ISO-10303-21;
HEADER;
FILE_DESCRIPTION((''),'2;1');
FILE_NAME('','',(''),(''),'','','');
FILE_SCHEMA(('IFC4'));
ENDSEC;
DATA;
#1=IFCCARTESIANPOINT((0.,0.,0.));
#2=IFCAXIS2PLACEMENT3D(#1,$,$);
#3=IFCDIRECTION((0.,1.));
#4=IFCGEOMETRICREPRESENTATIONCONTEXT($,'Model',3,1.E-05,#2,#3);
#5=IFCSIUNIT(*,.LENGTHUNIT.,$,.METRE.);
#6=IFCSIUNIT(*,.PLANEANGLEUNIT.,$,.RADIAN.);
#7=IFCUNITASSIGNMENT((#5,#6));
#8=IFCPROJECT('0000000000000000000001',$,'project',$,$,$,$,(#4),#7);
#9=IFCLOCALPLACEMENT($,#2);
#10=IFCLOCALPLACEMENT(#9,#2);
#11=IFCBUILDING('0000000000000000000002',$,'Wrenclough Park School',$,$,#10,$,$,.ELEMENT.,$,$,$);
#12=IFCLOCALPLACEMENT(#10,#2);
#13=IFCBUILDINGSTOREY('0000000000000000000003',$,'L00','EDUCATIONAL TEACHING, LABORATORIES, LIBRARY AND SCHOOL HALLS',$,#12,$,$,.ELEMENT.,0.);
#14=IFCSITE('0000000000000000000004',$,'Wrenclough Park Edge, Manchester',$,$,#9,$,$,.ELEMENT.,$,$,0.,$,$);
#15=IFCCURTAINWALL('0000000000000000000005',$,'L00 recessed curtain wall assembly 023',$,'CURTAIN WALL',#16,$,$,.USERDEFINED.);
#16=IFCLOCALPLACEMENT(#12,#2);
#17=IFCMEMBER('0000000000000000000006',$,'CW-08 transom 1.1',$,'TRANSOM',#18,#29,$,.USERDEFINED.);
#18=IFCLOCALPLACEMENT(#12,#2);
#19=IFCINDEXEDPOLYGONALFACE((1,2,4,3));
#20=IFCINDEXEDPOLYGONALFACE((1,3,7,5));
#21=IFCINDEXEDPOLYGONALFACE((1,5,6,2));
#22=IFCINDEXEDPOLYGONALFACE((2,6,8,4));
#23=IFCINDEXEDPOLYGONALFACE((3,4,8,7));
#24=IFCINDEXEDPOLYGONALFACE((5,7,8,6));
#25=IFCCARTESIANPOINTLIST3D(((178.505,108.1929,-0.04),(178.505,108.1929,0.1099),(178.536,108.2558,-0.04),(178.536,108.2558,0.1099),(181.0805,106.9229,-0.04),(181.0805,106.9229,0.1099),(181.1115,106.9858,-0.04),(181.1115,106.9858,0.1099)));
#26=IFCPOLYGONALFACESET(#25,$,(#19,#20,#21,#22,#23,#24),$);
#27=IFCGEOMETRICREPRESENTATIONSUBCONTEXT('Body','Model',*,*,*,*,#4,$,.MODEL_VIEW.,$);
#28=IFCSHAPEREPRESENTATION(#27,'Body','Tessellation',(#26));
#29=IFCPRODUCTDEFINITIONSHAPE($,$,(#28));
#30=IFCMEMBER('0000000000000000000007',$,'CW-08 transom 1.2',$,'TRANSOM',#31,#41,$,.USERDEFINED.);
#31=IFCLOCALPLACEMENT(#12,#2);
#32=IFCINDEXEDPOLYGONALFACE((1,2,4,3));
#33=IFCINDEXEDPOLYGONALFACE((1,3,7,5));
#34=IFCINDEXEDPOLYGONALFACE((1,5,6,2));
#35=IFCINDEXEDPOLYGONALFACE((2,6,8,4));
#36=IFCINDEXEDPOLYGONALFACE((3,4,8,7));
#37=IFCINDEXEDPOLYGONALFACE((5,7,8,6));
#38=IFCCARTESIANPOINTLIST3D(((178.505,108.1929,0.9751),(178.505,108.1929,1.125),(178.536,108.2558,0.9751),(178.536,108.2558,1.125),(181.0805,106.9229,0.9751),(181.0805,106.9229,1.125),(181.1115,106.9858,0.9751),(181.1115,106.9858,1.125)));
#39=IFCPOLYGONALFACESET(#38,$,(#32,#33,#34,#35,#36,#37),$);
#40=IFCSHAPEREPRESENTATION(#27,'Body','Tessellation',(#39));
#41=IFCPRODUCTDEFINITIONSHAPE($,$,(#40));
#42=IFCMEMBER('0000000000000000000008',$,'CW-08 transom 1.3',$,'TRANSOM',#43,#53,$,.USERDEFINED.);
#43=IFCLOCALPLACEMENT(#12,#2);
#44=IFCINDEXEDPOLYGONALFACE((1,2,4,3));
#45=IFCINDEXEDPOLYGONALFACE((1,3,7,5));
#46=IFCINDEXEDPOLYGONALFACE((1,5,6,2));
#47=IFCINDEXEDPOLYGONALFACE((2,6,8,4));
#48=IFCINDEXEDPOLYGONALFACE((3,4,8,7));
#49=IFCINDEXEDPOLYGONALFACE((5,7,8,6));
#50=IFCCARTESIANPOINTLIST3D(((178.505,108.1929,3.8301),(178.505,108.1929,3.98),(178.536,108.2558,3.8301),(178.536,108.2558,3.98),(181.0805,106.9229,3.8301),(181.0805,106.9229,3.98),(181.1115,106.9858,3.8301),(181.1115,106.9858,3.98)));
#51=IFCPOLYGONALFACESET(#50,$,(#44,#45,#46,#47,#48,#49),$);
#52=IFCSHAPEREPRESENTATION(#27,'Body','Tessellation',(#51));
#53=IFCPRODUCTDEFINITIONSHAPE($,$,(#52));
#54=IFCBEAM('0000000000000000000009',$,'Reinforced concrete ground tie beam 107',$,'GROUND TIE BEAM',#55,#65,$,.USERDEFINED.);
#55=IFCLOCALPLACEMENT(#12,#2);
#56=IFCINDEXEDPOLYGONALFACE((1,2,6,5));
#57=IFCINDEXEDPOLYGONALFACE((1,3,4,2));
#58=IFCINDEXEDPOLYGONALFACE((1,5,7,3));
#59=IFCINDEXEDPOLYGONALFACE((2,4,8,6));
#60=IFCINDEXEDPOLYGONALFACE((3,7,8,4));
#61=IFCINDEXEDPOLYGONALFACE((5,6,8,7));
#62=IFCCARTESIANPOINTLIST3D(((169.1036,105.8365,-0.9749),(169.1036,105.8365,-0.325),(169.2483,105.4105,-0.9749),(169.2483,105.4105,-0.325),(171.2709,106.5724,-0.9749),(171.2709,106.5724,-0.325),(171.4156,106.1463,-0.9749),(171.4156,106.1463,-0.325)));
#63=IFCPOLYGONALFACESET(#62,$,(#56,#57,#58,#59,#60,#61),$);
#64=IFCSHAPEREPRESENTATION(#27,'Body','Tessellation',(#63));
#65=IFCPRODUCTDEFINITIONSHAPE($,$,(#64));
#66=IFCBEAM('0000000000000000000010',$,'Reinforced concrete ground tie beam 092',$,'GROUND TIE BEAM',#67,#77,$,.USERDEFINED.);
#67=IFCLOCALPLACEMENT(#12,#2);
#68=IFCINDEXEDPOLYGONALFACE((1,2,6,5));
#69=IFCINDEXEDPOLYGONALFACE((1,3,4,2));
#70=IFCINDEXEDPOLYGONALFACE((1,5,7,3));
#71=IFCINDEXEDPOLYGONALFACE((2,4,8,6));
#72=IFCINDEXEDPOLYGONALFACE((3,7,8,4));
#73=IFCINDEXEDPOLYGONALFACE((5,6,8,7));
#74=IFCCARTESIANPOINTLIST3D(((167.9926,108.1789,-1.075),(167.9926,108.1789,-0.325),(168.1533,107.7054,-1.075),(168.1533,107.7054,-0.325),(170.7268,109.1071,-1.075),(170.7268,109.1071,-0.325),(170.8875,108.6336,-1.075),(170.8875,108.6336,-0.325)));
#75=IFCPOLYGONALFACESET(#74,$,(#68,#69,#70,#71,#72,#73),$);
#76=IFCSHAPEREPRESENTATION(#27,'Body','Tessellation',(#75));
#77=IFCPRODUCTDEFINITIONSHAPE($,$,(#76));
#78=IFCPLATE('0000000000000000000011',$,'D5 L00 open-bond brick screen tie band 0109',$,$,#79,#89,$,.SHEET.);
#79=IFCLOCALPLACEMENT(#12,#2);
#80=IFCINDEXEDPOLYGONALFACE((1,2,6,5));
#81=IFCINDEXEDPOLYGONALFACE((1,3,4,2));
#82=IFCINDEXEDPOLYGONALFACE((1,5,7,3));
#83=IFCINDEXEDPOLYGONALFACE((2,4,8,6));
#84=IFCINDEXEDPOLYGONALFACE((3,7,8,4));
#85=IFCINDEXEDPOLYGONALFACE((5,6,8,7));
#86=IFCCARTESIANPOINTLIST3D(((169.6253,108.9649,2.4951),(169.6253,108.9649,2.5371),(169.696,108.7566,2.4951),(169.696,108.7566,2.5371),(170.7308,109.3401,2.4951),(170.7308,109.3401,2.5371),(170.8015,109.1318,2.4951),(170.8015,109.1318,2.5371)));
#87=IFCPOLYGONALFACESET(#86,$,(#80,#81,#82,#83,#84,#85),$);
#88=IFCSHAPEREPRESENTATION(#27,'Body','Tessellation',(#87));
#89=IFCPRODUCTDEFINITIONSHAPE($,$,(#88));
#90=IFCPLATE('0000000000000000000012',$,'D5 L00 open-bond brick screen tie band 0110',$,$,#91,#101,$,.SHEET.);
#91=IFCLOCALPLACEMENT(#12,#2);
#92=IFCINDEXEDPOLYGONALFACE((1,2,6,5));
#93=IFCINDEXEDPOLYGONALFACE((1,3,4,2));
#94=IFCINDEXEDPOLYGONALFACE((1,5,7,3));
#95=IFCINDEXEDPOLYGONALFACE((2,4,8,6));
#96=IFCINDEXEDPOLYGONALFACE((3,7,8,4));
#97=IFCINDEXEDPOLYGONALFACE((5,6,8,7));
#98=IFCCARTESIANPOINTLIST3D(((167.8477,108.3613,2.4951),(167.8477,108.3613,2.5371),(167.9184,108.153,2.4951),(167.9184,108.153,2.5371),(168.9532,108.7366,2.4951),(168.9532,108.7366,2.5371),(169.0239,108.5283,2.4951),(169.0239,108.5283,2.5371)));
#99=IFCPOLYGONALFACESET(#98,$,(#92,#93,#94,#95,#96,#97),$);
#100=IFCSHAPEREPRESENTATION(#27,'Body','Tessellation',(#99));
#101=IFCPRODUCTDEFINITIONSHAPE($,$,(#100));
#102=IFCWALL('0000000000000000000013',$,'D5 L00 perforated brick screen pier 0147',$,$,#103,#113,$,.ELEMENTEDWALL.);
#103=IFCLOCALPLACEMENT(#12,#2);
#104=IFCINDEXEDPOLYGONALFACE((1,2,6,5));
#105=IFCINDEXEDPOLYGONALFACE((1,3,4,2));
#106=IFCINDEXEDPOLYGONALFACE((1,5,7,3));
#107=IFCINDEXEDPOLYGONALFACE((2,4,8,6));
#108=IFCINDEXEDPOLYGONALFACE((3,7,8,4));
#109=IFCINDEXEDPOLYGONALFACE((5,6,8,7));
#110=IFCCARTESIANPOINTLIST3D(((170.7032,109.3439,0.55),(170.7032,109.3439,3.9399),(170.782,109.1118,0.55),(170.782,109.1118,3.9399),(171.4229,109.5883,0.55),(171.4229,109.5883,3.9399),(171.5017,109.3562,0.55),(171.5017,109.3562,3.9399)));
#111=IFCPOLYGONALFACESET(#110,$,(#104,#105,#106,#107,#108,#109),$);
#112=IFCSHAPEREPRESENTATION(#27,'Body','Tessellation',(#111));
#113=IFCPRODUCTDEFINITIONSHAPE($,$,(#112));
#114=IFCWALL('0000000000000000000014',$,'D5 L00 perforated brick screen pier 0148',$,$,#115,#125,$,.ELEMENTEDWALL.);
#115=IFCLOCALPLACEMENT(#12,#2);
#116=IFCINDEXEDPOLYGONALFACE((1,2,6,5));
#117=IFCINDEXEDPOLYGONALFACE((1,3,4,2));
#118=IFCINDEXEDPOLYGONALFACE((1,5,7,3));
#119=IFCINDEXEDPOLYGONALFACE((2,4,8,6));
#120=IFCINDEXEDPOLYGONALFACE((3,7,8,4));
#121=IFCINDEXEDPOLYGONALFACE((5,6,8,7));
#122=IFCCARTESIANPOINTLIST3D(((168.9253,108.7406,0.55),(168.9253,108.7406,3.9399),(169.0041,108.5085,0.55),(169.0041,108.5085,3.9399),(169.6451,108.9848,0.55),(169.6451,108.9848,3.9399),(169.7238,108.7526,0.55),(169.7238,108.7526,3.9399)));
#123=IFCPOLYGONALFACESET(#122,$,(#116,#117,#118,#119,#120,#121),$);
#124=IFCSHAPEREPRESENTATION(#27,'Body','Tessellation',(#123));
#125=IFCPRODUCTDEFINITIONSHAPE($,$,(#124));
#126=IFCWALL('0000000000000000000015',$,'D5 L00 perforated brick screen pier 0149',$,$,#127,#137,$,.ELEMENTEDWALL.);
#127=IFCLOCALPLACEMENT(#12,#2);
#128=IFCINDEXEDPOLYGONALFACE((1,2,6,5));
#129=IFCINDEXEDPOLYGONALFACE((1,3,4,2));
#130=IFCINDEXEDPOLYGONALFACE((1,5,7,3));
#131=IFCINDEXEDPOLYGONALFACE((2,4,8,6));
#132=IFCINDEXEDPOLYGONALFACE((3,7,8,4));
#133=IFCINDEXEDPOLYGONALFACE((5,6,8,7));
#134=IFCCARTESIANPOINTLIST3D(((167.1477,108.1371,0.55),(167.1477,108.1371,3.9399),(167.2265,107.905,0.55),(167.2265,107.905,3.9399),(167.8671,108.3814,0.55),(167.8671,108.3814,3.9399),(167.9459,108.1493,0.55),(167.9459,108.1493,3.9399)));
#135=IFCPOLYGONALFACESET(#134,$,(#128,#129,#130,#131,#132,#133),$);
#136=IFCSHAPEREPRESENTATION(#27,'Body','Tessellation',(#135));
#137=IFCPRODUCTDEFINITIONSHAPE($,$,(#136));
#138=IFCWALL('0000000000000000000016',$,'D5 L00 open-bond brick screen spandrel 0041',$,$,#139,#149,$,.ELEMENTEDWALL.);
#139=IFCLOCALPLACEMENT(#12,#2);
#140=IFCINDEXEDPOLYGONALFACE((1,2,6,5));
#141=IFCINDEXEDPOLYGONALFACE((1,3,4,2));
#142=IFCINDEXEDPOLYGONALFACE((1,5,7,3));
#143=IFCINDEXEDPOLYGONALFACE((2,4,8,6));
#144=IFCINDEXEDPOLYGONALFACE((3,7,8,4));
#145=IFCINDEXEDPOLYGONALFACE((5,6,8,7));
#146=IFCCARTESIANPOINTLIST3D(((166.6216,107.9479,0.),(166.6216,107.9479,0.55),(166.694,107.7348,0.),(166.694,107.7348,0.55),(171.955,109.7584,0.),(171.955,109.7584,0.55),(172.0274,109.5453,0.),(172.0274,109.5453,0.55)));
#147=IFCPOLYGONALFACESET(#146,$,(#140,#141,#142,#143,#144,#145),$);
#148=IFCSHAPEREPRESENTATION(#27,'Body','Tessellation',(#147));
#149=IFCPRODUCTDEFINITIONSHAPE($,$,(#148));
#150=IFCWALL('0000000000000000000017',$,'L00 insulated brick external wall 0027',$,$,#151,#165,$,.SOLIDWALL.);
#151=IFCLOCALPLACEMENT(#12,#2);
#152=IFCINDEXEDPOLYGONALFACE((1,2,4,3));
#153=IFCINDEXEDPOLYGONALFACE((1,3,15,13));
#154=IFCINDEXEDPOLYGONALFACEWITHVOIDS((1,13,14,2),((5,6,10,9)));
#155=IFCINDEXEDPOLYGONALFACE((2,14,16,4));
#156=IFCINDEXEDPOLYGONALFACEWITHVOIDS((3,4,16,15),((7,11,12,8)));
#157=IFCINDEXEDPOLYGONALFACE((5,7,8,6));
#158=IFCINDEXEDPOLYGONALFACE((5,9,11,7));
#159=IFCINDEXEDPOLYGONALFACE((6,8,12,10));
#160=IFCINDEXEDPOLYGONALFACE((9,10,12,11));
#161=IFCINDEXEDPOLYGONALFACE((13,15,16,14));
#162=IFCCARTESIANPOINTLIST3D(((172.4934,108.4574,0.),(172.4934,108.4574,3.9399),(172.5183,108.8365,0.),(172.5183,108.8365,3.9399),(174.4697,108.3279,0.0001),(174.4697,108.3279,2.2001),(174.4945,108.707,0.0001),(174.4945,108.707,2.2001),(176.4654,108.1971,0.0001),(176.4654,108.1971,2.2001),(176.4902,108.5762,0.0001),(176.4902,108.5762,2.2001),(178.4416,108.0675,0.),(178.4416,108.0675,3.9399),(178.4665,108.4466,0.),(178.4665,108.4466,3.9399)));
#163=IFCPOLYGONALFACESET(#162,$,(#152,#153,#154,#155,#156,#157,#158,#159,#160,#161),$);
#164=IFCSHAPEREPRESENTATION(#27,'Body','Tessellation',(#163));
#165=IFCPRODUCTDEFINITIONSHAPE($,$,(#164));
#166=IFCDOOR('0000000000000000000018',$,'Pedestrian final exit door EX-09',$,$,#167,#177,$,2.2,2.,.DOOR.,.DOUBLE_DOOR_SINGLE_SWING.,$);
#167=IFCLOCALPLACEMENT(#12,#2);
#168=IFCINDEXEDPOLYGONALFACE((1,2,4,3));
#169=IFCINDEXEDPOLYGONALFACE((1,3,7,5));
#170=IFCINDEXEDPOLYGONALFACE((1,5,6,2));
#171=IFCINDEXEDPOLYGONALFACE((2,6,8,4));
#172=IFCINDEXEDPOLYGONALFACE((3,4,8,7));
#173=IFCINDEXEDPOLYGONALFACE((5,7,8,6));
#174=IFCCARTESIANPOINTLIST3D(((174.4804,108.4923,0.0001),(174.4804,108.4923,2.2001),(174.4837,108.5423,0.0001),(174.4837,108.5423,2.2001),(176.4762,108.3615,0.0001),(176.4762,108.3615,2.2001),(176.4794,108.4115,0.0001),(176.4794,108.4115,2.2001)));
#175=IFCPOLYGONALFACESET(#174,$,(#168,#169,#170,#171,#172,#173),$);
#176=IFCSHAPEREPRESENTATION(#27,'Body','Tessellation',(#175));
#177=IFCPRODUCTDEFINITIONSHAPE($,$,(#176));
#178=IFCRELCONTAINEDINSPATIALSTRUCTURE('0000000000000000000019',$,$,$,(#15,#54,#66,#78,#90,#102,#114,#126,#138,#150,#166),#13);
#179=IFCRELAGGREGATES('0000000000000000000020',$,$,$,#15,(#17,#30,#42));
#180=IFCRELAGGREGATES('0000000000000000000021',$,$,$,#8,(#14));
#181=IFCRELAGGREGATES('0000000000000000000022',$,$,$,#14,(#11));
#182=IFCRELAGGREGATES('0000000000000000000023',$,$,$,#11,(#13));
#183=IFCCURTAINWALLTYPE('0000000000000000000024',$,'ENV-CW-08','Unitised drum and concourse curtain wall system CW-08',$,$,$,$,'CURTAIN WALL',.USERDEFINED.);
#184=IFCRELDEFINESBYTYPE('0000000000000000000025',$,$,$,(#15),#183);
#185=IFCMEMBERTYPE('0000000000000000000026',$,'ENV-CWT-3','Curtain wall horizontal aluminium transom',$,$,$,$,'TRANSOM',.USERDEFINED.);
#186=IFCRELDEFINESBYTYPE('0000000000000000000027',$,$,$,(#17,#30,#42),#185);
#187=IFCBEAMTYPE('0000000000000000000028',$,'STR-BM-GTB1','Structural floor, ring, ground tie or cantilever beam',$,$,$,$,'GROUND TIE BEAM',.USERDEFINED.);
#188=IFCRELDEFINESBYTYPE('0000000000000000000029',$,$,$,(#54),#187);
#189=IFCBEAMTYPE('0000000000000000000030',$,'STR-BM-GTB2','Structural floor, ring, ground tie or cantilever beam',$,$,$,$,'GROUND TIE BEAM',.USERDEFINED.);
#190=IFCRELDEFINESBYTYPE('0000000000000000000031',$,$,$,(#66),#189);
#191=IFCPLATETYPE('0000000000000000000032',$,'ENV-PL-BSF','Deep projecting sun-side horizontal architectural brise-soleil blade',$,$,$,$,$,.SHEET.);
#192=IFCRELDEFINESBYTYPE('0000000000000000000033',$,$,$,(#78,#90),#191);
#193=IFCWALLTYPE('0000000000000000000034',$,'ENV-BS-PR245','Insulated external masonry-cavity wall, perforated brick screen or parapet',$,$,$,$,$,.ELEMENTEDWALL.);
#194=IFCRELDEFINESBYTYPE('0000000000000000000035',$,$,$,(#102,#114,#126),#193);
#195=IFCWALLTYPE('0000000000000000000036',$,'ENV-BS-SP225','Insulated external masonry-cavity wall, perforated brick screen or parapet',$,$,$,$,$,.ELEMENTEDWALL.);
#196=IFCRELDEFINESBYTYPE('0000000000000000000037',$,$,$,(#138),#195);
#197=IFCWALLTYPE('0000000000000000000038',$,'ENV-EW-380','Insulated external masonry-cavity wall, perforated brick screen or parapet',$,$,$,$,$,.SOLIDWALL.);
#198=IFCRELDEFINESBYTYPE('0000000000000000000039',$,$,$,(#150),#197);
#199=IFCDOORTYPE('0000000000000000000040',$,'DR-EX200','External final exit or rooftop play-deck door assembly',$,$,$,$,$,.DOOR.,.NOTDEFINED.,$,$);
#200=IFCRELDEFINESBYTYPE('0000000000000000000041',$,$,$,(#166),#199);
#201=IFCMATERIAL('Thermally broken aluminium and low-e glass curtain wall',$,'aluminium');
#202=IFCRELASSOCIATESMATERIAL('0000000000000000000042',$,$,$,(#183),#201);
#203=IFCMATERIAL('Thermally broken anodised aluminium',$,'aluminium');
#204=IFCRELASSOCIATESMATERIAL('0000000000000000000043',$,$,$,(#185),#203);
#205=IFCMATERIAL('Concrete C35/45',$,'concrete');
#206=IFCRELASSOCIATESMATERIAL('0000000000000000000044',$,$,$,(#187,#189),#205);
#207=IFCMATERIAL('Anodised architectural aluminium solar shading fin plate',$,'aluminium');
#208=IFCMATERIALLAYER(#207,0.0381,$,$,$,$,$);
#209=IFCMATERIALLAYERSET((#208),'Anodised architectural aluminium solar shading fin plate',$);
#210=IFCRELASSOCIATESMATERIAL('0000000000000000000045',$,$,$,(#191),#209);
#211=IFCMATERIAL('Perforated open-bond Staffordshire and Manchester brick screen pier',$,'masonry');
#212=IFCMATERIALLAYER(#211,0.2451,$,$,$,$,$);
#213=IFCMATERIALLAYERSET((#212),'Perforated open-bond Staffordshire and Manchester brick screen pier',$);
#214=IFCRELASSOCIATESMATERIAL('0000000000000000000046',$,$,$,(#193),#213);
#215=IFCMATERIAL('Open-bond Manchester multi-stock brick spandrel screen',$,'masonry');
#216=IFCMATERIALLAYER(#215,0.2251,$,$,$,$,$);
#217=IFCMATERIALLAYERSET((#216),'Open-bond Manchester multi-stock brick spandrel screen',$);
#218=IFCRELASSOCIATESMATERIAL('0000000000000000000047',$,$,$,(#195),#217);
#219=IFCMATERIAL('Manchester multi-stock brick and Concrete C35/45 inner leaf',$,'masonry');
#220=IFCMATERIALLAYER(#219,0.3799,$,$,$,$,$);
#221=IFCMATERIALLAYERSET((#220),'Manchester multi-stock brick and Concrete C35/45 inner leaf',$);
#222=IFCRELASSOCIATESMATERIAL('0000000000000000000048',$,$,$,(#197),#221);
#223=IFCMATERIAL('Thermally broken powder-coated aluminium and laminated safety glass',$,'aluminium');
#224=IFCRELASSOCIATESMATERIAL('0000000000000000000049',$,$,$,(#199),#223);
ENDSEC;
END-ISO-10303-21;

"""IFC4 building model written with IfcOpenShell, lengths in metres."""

from ifc_helpers import new_model, si_unit, direction, frame, frame_2d, origin, origin_2d, place, context, subcontext, project, spatial, rectangle, extrude, material, layer, layer_set, material_profile, profile_set, type_object, element, fill, aggregate, save


model = new_model("IFC4")

# Units and contexts
model_context = context("Model", 3, precision=1e-05, world=origin(), true_north=direction((0.0, 1.0)))
body_context = subcontext(model_context, "Body", "Model", "MODEL_VIEW")
ifc_project = project(units=[si_unit("LENGTHUNIT", "METRE"), si_unit("PLANEANGLEUNIT", "RADIAN")], contexts=[model_context])

# Site, building, storey
site_placement = place(None, origin())
site = spatial("IfcSite", under=ifc_project, at=site_placement, Name="Wrenclough Park Edge, Manchester", CompositionType="ELEMENT", RefElevation=0.0)
building_placement = place(site_placement, origin())
building = spatial("IfcBuilding", under=site, at=building_placement, Name="Wrenclough Park School", CompositionType="ELEMENT")
storey_placement = place(building_placement, origin())
storey = spatial("IfcBuildingStorey", under=building, at=storey_placement, Name="L00", Description="EDUCATIONAL TEACHING, LABORATORIES, LIBRARY AND SCHOOL HALLS", CompositionType="ELEMENT", Elevation=0.0)

# Shared definitions
ifc_material_1 = material(Name="Concrete C35/45", Category="concrete")

# Curtain wall, members
ifc_material_2 = material(Name="Thermally broken aluminium and low-e glass curtain wall", Category="aluminium")
curtain_wall_type = type_object("IfcCurtainWallType", Name="ENV-CW-08", Description="Unitised drum and concourse curtain wall system CW-08", ElementType="CURTAIN WALL", PredefinedType="USERDEFINED", material=ifc_material_2)
curtain_wall_placement = place(storey_placement, origin())
curtain_wall = element("IfcCurtainWall", 1, at=curtain_wall_placement, inside=storey, type_object=curtain_wall_type, Name="L00 recessed curtain wall assembly 023", ObjectType="CURTAIN WALL", PredefinedType="USERDEFINED")
ifc_material_3 = material(Name="Thermally broken anodised aluminium", Category="aluminium")
ifc_material_profile_1 = material_profile(ifc_material_3, rectangle(XDim=0.0701, YDim=0.1499, at=origin_2d()), Name="AL TRANSOM 70x150")
ifc_profile_set_1 = profile_set([ifc_material_profile_1], Name="Thermally broken anodised aluminium")
member_type_1 = type_object("IfcMemberType", Name="ENV-CWT-3", Description="Curtain wall horizontal aluminium transom", ElementType="TRANSOM", PredefinedType="USERDEFINED", material=ifc_profile_set_1)
member_1_placement = place(storey_placement, frame((178.5205, 108.2244, 0.0349), z_axis=(0.896879, -0.442276, 0.0), x_axis=(0.442276, 0.896879, 0.0)))
member_1 = element("IfcMember", 2, at=member_1_placement, type_object=member_type_1, Name="CW-08 transom 1.1", ObjectType="TRANSOM", PredefinedType="USERDEFINED", context=body_context, shape_type="SweptSolid", body=[
    extrude(rectangle(XDim=0.0701, YDim=0.1499, at=origin_2d()), origin(), (0.0, 0.0, 1.0), 2.8716),
])
member_2_placement = place(storey_placement, frame((178.5205, 108.2244, 1.05), z_axis=(0.896879, -0.442276, 0.0), x_axis=(0.442276, 0.896879, 0.0)))
member_2 = element("IfcMember", 3, at=member_2_placement, type_object=member_type_1, Name="CW-08 transom 1.2", ObjectType="TRANSOM", PredefinedType="USERDEFINED", context=body_context, shape_type="SweptSolid", body=[
    extrude(rectangle(XDim=0.0701, YDim=0.1499, at=origin_2d()), origin(), (0.0, 0.0, 1.0), 2.8716),
])
member_3_placement = place(storey_placement, frame((178.5205, 108.2244, 3.905), z_axis=(0.896879, -0.442276, 0.0), x_axis=(0.442276, 0.896879, 0.0)))
member_3 = element("IfcMember", 4, at=member_3_placement, type_object=member_type_1, Name="CW-08 transom 1.3", ObjectType="TRANSOM", PredefinedType="USERDEFINED", context=body_context, shape_type="SweptSolid", body=[
    extrude(rectangle(XDim=0.0701, YDim=0.1499, at=origin_2d()), origin(), (0.0, 0.0, 1.0), 2.8716),
])
aggregate(curtain_wall, [member_1, member_2, member_3])

# Beams
ifc_material_profile_2 = material_profile(ifc_material_1, rectangle(XDim=0.45, YDim=0.6499, at=origin_2d()), Name="RC GROUND 450x650")
ifc_profile_set_2 = profile_set([ifc_material_profile_2], Name="Concrete C35/45")
beam_type_1 = type_object("IfcBeamType", Name="STR-BM-GTB1", Description="Structural floor, ring, ground tie or cantilever beam", ElementType="GROUND TIE BEAM", PredefinedType="USERDEFINED", material=ifc_profile_set_2)
beam_1_placement = place(storey_placement, frame((171.3433, 106.3594, -0.6499), z_axis=(-0.946909, -0.321503, 0.0), x_axis=(0.321503, -0.946909, 0.0)))
element("IfcBeam", 5, at=beam_1_placement, inside=storey, type_object=beam_type_1, Name="Reinforced concrete ground tie beam 107", ObjectType="GROUND TIE BEAM", PredefinedType="USERDEFINED", context=body_context, shape_type="SweptSolid", body=[
    extrude(rectangle(XDim=0.45, YDim=0.6499, at=origin_2d()), origin(), (0.0, 0.0, 1.0), 2.2888),
])
ifc_material_profile_3 = material_profile(ifc_material_1, rectangle(XDim=0.5, YDim=0.75, at=origin_2d()), Name="RC GROUND 500x750")
ifc_profile_set_3 = profile_set([ifc_material_profile_3], Name="Concrete C35/45")
beam_type_2 = type_object("IfcBeamType", Name="STR-BM-GTB2", Description="Structural floor, ring, ground tie or cantilever beam", ElementType="GROUND TIE BEAM", PredefinedType="USERDEFINED", material=ifc_profile_set_3)
beam_2_placement = place(storey_placement, frame((170.8071, 108.8704, -0.7), z_axis=(-0.946919, -0.321474, 0.0), x_axis=(0.321474, -0.946919, 0.0)))
element("IfcBeam", 6, at=beam_2_placement, inside=storey, type_object=beam_type_2, Name="Reinforced concrete ground tie beam 092", ObjectType="GROUND TIE BEAM", PredefinedType="USERDEFINED", context=body_context, shape_type="SweptSolid", body=[
    extrude(rectangle(XDim=0.5, YDim=0.75, at=origin_2d()), origin(), (0.0, 0.0, 1.0), 2.8875),
])

# Plates
ifc_material_4 = material(Name="Anodised architectural aluminium solar shading fin plate", Category="aluminium")
ifc_layer_1 = layer(ifc_material_4, 0.0381)
ifc_layer_set_1 = layer_set([ifc_layer_1], Name="Anodised architectural aluminium solar shading fin plate")
plate_type = type_object("IfcPlateType", Name="ENV-PL-BSF", Description="Deep projecting sun-side horizontal architectural brise-soleil blade", PredefinedType="SHEET", material=ifc_layer_set_1)
for number, where, z_axis, x_axis, name in (
    (7, (170.2134, 109.0483, 2.4951), (0.0, 0.0, 1.0), (-0.946934, -0.321427, 0.0), "D5 L00 open-bond brick screen tie band 0109"),
    (8, (168.4358, 108.4448, 2.4951), (0.0, 0.0, 1.0), (-0.946934, -0.321427, 0.0), "D5 L00 open-bond brick screen tie band 0110"),
):
    element("IfcPlate", number, at=place(storey_placement, frame(where, z_axis=z_axis, x_axis=x_axis)), inside=storey, type_object=plate_type, Name=name, PredefinedType="SHEET", context=body_context, shape_type="SweptSolid", body=[
        extrude(rectangle(XDim=1.1675, YDim=0.22, at=origin_2d()), origin(), (0.0, 0.0, 1.0), 0.042),
    ])

# Walls
ifc_material_5 = material(Name="Perforated open-bond Staffordshire and Manchester brick screen pier", Category="masonry")
ifc_layer_2 = layer(ifc_material_5, 0.2451)
ifc_layer_set_2 = layer_set([ifc_layer_2], Name="Perforated open-bond Staffordshire and Manchester brick screen pier")
wall_type_1 = type_object("IfcWallType", Name="ENV-BS-PR245", Description="Insulated external masonry-cavity wall, perforated brick screen or parapet", PredefinedType="ELEMENTEDWALL", material=ifc_layer_set_2)
for number, where, z_axis, x_axis, name in (
    (9, (171.4622, 109.4722, 0.55), (0.0, 0.0, 1.0), (-0.946902, -0.321523, 0.0), "D5 L00 perforated brick screen pier 0147"),
    (10, (169.6843, 108.8687, 0.55), (0.0, 0.0, 1.0), (-0.947, -0.321235, 0.0), "D5 L00 perforated brick screen pier 0148"),
):
    element("IfcWall", number, at=place(storey_placement, frame(where, z_axis=z_axis, x_axis=x_axis)), inside=storey, type_object=wall_type_1, Name=name, PredefinedType="ELEMENTEDWALL", context=body_context, shape_type="SweptSolid", body=[
        extrude(rectangle(XDim=0.76, YDim=0.2451, at=frame_2d((0.3799, 0.0))), origin(), (0.0, 0.0, 1.0), 3.3899),
    ])
wall_1_placement = place(storey_placement, frame((167.9065, 108.2654, 0.55), z_axis=(0.0, 0.0, 1.0), x_axis=(-0.946869, -0.32162, 0.0)))
element("IfcWall", 11, at=wall_1_placement, inside=storey, type_object=wall_type_1, Name="D5 L00 perforated brick screen pier 0149", PredefinedType="ELEMENTEDWALL", context=body_context, shape_type="SweptSolid", body=[
    extrude(rectangle(XDim=0.7598, YDim=0.2451, at=frame_2d((0.3799, 0.0))), origin(), (0.0, 0.0, 1.0), 3.3899),
])
ifc_material_6 = material(Name="Open-bond Manchester multi-stock brick spandrel screen", Category="masonry")
ifc_layer_3 = layer(ifc_material_6, 0.2251)
ifc_layer_set_3 = layer_set([ifc_layer_3], Name="Open-bond Manchester multi-stock brick spandrel screen")
wall_type_2 = type_object("IfcWallType", Name="ENV-BS-SP225", Description="Insulated external masonry-cavity wall, perforated brick screen or parapet", PredefinedType="ELEMENTEDWALL", material=ifc_layer_set_3)
wall_2_placement = place(storey_placement, frame((171.9912, 109.6519, 0.0), z_axis=(0.0, 0.0, 1.0), x_axis=(-0.946926, -0.32145, 0.0)))
element("IfcWall", 12, at=wall_2_placement, inside=storey, type_object=wall_type_2, Name="D5 L00 open-bond brick screen spandrel 0041", PredefinedType="ELEMENTEDWALL", context=body_context, shape_type="SweptSolid", body=[
    extrude(rectangle(XDim=5.6323, YDim=0.2251, at=frame_2d((2.8162, 0.0))), origin(), (0.0, 0.0, 1.0), 0.55),
])

# Wall, opening, door
ifc_material_7 = material(Name="Manchester multi-stock brick and Concrete C35/45 inner leaf", Category="masonry")
ifc_layer_4 = layer(ifc_material_7, 0.3799)
ifc_layer_set_4 = layer_set([ifc_layer_4], Name="Manchester multi-stock brick and Concrete C35/45 inner leaf")
wall_type_3 = type_object("IfcWallType", Name="ENV-EW-380", Description="Insulated external masonry-cavity wall, perforated brick screen or parapet", PredefinedType="SOLIDWALL", material=ifc_layer_set_4)
wall_3_placement = place(storey_placement, frame((172.5059, 108.647, 0.0), z_axis=(0.0, 0.0, 1.0), x_axis=(0.997859, -0.065407, 0.0)))
wall_3 = element("IfcWall", 13, at=wall_3_placement, inside=storey, type_object=wall_type_3, Name="L00 insulated brick external wall 0027", PredefinedType="SOLIDWALL", context=body_context, shape_type="SweptSolid", body=[
    extrude(rectangle(XDim=5.9609, YDim=0.3799, at=frame_2d((2.9805, 0.0))), origin(), (0.0, 0.0, 1.0), 3.9399),
])
opening_placement = place(wall_3_placement, frame((1.9805, 0.0, 0.0)))
opening = element("IfcOpeningElement", 14, at=opening_placement, cuts=wall_3, PredefinedType="OPENING", context=body_context, shape_type="SweptSolid", body=[
    extrude(rectangle(XDim=2.0, YDim=2.2, at=frame_2d((1.0, 1.1001))), frame((0.0, 0.2, 0.0), z_axis=(0.0, -1.0, 0.0), x_axis=(1.0, 0.0, 0.0)), (0.0, 0.0, 1.0), 0.3999),
])
ifc_material_8 = material(Name="Thermally broken powder-coated aluminium and laminated safety glass", Category="aluminium")
door_type = type_object("IfcDoorType", Name="DR-EX200", Description="External final exit or rooftop play-deck door assembly", OperationType="NOTDEFINED", PredefinedType="DOOR", material=ifc_material_8)
door_placement = place(opening_placement, origin())
door = element("IfcDoor", 15, at=door_placement, inside=storey, type_object=door_type, Name="Pedestrian final exit door EX-09", OperationType="DOUBLE_DOOR_SINGLE_SWING", OverallHeight=2.2, OverallWidth=2.0, PredefinedType="DOOR", context=body_context, shape_type="SweptSolid", body=[
    extrude(rectangle(XDim=2.0, YDim=2.2, at=frame_2d((1.0, 1.1001))), frame((0.0, 0.0249, 0.0), z_axis=(0.0, -1.0, 0.0), x_axis=(1.0, 0.0, 0.0)), (0.0, 0.0, 1.0), 0.05),
])
fill(opening, door)

save(model, "model.ifc")
